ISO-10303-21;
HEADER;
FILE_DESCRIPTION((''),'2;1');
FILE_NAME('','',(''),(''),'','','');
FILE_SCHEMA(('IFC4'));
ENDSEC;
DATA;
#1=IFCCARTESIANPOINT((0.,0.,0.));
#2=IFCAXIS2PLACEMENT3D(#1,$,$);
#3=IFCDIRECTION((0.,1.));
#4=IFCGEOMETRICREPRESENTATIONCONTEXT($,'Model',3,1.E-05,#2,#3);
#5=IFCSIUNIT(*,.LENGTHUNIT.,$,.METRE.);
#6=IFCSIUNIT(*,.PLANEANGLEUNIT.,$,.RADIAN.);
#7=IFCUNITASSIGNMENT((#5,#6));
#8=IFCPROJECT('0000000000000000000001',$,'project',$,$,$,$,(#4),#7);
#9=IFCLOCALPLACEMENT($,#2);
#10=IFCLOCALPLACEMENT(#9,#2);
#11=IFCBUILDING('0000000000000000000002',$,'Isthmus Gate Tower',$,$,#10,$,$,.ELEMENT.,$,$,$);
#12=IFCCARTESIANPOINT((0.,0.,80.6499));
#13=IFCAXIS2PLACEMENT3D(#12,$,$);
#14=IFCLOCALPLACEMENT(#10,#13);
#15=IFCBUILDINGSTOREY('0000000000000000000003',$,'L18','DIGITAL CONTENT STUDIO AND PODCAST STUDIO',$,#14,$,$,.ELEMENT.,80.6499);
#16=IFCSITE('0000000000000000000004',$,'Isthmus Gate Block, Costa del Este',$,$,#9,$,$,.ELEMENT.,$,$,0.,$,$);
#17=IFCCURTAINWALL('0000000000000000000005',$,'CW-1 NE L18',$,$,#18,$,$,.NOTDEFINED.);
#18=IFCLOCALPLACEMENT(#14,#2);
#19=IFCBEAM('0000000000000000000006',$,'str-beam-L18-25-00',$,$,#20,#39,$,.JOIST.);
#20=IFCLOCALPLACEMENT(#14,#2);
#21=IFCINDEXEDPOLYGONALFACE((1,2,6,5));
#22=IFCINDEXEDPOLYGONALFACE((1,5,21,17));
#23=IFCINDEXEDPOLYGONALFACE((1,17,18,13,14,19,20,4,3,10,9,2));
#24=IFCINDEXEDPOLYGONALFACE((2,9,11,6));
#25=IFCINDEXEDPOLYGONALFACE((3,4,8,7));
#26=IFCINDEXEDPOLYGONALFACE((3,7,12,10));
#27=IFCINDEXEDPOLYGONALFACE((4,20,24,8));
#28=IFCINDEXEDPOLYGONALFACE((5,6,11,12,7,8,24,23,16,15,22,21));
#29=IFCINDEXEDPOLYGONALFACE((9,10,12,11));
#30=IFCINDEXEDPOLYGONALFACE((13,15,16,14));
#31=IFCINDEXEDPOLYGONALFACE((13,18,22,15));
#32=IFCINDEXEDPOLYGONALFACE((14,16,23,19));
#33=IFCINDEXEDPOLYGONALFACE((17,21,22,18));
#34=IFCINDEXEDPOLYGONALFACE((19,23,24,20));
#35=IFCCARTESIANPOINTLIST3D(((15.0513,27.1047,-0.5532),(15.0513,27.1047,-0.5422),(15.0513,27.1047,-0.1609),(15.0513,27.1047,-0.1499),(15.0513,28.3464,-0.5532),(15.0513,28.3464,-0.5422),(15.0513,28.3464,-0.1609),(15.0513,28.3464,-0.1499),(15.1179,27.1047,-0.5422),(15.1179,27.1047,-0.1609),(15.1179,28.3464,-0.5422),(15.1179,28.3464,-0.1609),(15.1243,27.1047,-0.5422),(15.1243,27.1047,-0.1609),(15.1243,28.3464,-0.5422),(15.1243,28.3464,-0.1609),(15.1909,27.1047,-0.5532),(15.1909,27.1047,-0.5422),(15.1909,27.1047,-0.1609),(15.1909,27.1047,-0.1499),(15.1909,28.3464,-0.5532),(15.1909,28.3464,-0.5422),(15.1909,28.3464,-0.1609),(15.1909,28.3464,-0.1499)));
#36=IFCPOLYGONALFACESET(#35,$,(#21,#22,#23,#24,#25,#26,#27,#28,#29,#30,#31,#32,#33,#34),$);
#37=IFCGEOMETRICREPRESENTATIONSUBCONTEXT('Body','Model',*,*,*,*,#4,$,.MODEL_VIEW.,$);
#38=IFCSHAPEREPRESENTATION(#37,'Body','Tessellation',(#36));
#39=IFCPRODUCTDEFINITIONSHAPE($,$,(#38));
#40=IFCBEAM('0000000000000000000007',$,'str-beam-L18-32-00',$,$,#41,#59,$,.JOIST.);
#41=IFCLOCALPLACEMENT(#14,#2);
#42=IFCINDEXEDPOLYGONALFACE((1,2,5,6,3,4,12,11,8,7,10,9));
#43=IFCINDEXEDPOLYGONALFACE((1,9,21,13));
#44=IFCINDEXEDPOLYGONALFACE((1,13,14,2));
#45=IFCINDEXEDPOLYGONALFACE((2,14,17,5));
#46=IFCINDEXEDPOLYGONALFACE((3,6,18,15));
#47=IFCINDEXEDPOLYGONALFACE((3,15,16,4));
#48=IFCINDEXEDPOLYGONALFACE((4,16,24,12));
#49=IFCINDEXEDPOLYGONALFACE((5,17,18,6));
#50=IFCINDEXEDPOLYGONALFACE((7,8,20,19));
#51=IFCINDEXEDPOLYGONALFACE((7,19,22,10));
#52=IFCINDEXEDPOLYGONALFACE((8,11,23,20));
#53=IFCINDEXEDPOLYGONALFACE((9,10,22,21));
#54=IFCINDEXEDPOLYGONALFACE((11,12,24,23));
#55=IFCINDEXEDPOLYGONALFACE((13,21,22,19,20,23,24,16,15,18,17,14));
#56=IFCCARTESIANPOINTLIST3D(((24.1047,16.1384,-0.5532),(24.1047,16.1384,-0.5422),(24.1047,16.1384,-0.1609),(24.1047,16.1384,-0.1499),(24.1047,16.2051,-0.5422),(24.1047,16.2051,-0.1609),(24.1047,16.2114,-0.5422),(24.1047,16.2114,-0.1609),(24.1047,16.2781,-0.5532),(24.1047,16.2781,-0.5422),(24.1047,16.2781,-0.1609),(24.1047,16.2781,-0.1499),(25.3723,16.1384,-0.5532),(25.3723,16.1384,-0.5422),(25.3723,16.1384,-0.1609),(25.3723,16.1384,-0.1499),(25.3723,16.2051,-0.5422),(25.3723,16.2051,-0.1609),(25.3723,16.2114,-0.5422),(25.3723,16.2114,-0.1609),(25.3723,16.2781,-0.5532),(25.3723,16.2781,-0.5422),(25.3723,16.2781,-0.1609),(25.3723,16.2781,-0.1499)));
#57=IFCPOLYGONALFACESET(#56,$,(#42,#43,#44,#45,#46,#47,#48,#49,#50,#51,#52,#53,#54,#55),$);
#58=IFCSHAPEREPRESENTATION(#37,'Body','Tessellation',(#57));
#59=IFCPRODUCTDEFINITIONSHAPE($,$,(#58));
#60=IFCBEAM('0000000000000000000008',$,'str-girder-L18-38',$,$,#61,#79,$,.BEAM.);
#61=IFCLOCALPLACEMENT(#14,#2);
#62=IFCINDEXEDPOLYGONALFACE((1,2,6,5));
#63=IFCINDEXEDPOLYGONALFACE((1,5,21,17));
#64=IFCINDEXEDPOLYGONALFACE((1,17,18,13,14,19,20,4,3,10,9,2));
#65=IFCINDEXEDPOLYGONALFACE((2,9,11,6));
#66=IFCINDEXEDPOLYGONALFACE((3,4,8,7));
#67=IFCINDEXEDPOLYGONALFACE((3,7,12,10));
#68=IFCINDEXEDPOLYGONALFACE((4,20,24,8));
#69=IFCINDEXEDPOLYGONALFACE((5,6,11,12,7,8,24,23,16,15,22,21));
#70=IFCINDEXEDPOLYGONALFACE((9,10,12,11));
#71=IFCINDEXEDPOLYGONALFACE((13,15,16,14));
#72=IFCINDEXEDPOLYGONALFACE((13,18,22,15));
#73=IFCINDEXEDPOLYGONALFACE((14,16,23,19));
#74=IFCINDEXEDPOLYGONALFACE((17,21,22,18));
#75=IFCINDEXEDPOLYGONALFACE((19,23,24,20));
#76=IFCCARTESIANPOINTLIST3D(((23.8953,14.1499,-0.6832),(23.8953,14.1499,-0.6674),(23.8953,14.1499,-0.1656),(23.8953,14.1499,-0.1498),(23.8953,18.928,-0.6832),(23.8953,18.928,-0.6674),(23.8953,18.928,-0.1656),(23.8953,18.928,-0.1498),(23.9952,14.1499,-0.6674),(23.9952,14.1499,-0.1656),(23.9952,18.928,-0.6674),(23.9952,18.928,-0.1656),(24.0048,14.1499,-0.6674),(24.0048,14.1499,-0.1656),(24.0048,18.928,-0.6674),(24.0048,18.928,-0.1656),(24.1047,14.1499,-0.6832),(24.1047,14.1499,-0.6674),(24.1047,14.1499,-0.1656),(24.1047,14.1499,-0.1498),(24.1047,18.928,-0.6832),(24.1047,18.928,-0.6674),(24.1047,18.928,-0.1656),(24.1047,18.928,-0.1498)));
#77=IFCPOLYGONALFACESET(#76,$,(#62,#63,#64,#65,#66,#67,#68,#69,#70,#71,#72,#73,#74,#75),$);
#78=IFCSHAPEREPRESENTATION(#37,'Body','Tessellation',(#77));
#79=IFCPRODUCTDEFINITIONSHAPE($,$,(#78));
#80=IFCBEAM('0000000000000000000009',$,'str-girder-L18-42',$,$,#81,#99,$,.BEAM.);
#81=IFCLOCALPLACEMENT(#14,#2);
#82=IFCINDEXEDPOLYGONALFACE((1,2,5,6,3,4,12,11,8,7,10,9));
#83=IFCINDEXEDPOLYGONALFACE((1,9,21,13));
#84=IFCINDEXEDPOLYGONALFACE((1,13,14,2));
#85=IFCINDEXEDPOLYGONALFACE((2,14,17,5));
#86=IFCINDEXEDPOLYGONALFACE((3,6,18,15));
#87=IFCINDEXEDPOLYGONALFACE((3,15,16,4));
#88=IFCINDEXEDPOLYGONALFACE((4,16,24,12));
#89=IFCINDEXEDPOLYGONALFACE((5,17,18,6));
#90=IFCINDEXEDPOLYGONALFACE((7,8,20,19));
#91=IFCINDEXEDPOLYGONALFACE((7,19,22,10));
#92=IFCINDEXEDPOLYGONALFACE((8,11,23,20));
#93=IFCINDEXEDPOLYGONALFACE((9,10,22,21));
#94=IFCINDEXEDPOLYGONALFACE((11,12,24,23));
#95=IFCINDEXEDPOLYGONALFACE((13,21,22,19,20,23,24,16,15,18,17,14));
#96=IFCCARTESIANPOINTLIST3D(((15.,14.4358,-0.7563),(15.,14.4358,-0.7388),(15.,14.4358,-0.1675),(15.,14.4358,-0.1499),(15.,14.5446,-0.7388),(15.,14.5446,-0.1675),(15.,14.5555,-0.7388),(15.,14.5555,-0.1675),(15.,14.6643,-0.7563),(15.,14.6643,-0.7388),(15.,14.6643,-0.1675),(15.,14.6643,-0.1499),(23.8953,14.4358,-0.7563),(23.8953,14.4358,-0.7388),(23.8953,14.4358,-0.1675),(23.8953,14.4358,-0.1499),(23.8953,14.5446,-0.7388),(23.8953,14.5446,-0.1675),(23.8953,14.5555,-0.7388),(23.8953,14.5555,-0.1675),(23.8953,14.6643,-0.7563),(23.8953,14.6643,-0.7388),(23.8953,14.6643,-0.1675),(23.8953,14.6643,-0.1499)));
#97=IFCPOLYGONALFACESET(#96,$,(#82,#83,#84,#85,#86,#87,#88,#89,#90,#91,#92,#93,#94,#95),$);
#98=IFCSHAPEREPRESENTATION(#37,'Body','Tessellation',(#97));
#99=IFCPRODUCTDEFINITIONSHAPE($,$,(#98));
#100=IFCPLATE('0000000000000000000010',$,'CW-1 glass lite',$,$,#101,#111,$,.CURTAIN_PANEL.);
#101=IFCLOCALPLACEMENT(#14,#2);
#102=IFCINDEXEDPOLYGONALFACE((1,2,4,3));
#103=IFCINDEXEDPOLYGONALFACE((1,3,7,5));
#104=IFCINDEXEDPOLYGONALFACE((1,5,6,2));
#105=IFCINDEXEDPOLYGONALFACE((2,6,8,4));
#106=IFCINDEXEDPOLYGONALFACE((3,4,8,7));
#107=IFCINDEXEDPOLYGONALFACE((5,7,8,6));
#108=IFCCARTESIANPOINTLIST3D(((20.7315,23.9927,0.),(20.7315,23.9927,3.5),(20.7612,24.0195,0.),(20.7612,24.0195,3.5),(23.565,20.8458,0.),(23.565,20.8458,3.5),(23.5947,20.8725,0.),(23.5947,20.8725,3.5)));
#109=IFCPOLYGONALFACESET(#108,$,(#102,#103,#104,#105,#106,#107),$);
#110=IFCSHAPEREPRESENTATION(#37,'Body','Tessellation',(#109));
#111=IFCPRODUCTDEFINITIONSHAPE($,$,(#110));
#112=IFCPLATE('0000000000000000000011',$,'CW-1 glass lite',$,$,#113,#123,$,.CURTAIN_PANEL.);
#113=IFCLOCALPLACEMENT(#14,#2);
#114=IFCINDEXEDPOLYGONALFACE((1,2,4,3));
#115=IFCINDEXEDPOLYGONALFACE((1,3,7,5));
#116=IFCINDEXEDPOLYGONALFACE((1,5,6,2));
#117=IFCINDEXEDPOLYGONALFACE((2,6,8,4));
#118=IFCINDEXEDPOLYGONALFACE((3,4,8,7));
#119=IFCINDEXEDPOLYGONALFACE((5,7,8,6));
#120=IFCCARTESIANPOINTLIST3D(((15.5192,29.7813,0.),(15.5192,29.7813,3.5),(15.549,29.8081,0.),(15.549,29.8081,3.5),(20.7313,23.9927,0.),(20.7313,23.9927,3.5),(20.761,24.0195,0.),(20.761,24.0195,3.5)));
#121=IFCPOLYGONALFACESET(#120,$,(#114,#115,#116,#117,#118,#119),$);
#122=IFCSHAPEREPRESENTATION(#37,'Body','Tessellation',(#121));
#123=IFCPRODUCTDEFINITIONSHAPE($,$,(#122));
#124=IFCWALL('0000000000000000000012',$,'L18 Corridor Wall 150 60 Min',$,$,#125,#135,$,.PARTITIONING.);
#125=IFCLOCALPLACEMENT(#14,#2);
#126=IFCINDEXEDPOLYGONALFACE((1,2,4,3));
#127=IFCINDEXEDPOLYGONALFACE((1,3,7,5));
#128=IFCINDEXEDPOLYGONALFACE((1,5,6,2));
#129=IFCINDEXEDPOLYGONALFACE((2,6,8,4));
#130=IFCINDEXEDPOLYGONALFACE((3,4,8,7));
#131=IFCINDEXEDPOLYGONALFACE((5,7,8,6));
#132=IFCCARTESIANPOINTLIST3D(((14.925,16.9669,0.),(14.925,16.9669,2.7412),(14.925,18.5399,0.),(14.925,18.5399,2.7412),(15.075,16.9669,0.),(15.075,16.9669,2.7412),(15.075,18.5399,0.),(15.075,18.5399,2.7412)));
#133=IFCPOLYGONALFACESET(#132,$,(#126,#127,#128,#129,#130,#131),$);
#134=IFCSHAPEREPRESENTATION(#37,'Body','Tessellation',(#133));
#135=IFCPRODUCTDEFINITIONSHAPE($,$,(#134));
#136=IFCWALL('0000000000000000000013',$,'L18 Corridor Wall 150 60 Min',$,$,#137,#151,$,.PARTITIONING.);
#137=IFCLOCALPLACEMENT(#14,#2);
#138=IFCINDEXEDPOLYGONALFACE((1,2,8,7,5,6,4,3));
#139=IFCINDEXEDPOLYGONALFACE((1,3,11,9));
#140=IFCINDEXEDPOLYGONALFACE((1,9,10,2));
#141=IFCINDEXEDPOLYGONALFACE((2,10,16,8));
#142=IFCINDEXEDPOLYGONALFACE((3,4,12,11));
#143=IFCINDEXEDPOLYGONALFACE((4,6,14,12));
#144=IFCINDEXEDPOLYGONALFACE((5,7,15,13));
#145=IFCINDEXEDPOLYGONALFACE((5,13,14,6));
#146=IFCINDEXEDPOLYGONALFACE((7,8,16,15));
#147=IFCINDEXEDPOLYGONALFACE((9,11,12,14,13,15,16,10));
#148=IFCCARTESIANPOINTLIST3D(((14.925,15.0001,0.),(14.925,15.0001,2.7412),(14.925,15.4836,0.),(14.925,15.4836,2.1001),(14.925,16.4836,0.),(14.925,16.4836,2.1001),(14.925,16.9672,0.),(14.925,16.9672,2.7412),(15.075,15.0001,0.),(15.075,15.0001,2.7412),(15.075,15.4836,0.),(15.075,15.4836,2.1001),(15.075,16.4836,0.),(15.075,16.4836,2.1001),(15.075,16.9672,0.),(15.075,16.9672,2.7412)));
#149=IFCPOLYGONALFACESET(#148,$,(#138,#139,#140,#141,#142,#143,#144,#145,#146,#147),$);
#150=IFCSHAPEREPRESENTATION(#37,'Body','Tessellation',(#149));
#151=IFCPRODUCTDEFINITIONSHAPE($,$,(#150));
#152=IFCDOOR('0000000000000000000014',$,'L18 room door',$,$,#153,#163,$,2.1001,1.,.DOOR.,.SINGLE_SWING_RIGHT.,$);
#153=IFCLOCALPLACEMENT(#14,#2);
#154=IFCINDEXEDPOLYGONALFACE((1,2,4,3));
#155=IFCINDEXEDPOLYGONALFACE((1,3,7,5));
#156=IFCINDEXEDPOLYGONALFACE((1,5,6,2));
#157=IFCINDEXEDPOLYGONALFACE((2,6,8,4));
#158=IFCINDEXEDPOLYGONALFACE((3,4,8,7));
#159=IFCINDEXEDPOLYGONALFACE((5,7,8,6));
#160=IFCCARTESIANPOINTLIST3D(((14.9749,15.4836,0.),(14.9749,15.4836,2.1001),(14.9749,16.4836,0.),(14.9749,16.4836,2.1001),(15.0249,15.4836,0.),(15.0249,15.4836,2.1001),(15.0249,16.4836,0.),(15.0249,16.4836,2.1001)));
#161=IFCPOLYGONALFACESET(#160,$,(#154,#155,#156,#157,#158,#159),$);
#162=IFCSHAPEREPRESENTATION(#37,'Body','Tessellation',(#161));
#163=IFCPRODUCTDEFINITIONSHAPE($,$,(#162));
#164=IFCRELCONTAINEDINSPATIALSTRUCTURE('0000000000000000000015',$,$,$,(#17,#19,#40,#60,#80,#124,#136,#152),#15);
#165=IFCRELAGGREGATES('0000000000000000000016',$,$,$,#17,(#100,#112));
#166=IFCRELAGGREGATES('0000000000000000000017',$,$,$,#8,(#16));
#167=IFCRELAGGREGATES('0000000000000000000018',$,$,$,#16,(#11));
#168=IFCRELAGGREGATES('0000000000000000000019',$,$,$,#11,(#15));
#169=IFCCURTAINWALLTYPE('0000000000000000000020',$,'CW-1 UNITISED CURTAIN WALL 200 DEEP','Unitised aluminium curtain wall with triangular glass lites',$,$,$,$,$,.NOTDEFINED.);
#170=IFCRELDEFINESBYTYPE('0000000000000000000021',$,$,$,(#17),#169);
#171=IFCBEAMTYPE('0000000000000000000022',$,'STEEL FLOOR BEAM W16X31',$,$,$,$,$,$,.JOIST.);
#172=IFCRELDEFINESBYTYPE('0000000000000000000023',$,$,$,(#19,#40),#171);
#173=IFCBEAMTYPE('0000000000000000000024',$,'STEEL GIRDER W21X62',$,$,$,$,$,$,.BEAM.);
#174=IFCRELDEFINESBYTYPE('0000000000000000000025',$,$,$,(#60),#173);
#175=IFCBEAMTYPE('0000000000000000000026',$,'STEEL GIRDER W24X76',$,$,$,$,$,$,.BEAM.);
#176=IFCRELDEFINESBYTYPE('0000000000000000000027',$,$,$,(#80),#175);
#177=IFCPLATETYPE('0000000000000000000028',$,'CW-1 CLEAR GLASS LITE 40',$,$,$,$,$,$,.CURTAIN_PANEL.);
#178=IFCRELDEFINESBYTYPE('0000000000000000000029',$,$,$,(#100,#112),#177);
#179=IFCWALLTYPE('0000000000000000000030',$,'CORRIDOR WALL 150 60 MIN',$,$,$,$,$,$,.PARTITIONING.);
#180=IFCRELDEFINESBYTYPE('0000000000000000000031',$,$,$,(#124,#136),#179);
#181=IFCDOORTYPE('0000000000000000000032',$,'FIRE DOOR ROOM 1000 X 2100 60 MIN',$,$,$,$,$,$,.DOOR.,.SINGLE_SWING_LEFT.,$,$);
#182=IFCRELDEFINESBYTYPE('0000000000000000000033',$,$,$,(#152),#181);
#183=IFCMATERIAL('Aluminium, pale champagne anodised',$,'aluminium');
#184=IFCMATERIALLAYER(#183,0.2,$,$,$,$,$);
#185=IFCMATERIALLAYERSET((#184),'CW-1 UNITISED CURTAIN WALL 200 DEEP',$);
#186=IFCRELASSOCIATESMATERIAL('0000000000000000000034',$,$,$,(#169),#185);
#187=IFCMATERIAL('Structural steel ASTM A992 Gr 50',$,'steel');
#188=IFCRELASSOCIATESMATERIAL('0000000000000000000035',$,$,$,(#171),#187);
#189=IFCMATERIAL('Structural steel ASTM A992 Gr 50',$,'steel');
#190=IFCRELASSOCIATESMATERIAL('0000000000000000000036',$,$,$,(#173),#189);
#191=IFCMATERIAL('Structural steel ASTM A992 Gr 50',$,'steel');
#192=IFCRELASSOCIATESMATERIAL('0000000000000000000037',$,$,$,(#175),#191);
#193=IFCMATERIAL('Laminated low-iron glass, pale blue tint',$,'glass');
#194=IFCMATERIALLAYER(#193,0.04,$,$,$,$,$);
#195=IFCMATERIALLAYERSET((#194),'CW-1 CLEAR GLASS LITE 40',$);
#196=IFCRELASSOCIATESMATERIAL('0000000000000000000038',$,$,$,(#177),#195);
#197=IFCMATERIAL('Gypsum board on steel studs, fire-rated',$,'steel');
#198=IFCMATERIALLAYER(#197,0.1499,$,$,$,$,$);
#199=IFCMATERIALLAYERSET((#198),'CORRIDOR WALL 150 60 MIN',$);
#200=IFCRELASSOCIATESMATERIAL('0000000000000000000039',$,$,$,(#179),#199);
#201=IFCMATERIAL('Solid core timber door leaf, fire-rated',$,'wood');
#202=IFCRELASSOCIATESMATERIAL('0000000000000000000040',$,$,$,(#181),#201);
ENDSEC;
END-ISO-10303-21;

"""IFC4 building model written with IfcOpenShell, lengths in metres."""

from ifc_helpers import new_model, si_unit, direction, frame, frame_2d, origin, origin_2d, place, context, subcontext, project, spatial, rectangle, i_section, extrude, material, layer, layer_set, material_profile, profile_set, type_object, element, fill, aggregate, save


model = new_model("IFC4")

# Units and contexts
model_context = context("Model", 3, precision=1e-05, world=origin(), true_north=direction((0.0, 1.0)))
body_context = subcontext(model_context, "Body", "Model", "MODEL_VIEW")
ifc_project = project(units=[si_unit("LENGTHUNIT", "METRE"), si_unit("PLANEANGLEUNIT", "RADIAN")], contexts=[model_context])

# Site, building, storey
site_placement = place(None, origin())
site = spatial("IfcSite", under=ifc_project, at=site_placement, Name="Isthmus Gate Block, Costa del Este", CompositionType="ELEMENT", RefElevation=0.0)
building_placement = place(site_placement, origin())
building = spatial("IfcBuilding", under=site, at=building_placement, Name="Isthmus Gate Tower", CompositionType="ELEMENT")
storey_placement = place(building_placement, frame((0.0, 0.0, 80.6499)))
storey = spatial("IfcBuildingStorey", under=building, at=storey_placement, Name="L18", Description="DIGITAL CONTENT STUDIO AND PODCAST STUDIO", CompositionType="ELEMENT", Elevation=80.6499)

# Curtain wall
ifc_material_1 = material(Name="Aluminium, pale champagne anodised", Category="aluminium")
ifc_layer_1 = layer(ifc_material_1, 0.2)
ifc_layer_set_1 = layer_set([ifc_layer_1], Name="CW-1 UNITISED CURTAIN WALL 200 DEEP")
curtain_wall_type = type_object("IfcCurtainWallType", Name="CW-1 UNITISED CURTAIN WALL 200 DEEP", Description="Unitised aluminium curtain wall with triangular glass lites", PredefinedType="NOTDEFINED", material=ifc_layer_set_1)
curtain_wall_1_placement = place(storey_placement, origin())
curtain_wall_1 = element("IfcCurtainWall", 1, at=curtain_wall_1_placement, inside=storey, type_object=curtain_wall_type, Name="CW-1 NE L18", PredefinedType="NOTDEFINED")

# Beams
ifc_material_2 = material(Name="Structural steel ASTM A992 Gr 50", Category="steel")
ifc_material_profile_1 = material_profile(ifc_material_2, i_section(OverallWidth=0.1396, OverallDepth=0.4033, WebThickness=0.0063, FlangeThickness=0.011, at=origin_2d()), Name="W16X31")
ifc_profile_set_1 = profile_set([ifc_material_profile_1], Name="Structural steel ASTM A992 Gr 50")
beam_type_1 = type_object("IfcBeamType", Name="STEEL FLOOR BEAM W16X31", PredefinedType="JOIST", material=ifc_profile_set_1)
beam_1_placement = place(storey_placement, frame((15.1211, 27.1047, -0.3516), z_axis=(0.0, 1.0, 0.0), x_axis=(-1.0, 0.0, 0.0)))
element("IfcBeam", 2, at=beam_1_placement, inside=storey, type_object=beam_type_1, Name="str-beam-L18-25-00", PredefinedType="JOIST", context=body_context, shape_type="SweptSolid", body=[
    extrude(i_section(OverallWidth=0.1396, OverallDepth=0.4033, WebThickness=0.0063, FlangeThickness=0.011, at=origin_2d()), origin(), (0.0, 0.0, 1.0), 1.2417),
])
beam_2_placement = place(storey_placement, frame((24.1047, 16.2083, -0.3516), z_axis=(1.0, 0.0, 0.0), x_axis=(0.0, 1.0, 0.0)))
element("IfcBeam", 3, at=beam_2_placement, inside=storey, type_object=beam_type_1, Name="str-beam-L18-32-00", PredefinedType="JOIST", context=body_context, shape_type="SweptSolid", body=[
    extrude(i_section(OverallWidth=0.1396, OverallDepth=0.4033, WebThickness=0.0063, FlangeThickness=0.011, at=origin_2d()), origin(), (0.0, 0.0, 1.0), 1.2676),
])
ifc_material_3 = material(Name="Structural steel ASTM A992 Gr 50", Category="steel")
ifc_material_profile_2 = material_profile(ifc_material_3, i_section(OverallWidth=0.2095, OverallDepth=0.5334, WebThickness=0.0095, FlangeThickness=0.0159, at=origin_2d()), Name="W21X62")
ifc_profile_set_2 = profile_set([ifc_material_profile_2], Name="Structural steel ASTM A992 Gr 50")
beam_type_2 = type_object("IfcBeamType", Name="STEEL GIRDER W21X62", PredefinedType="BEAM", material=ifc_profile_set_2)
beam_3_placement = place(storey_placement, frame((24.0, 14.1499, -0.4165), z_axis=(0.0, 1.0, 0.0), x_axis=(-1.0, 0.0, 0.0)))
element("IfcBeam", 4, at=beam_3_placement, inside=storey, type_object=beam_type_2, Name="str-girder-L18-38", PredefinedType="BEAM", context=body_context, shape_type="SweptSolid", body=[
    extrude(i_section(OverallWidth=0.2095, OverallDepth=0.5334, WebThickness=0.0095, FlangeThickness=0.0159, at=origin_2d()), origin(), (0.0, 0.0, 1.0), 4.7781),
])
ifc_material_4 = material(Name="Structural steel ASTM A992 Gr 50", Category="steel")
ifc_material_profile_3 = material_profile(ifc_material_4, i_section(OverallWidth=0.2285, OverallDepth=0.6064, WebThickness=0.011, FlangeThickness=0.0176, at=origin_2d()), Name="W24X76")
ifc_profile_set_3 = profile_set([ifc_material_profile_3], Name="Structural steel ASTM A992 Gr 50")
beam_type_3 = type_object("IfcBeamType", Name="STEEL GIRDER W24X76", PredefinedType="BEAM", material=ifc_profile_set_3)
beam_4_placement = place(storey_placement, frame((15.0, 14.55, -0.4531), z_axis=(1.0, 0.0, 0.0), x_axis=(0.0, 1.0, 0.0)))
element("IfcBeam", 5, at=beam_4_placement, inside=storey, type_object=beam_type_3, Name="str-girder-L18-42", PredefinedType="BEAM", context=body_context, shape_type="SweptSolid", body=[
    extrude(i_section(OverallWidth=0.2285, OverallDepth=0.6064, WebThickness=0.011, FlangeThickness=0.0176, at=origin_2d()), origin(), (0.0, 0.0, 1.0), 8.8953),
])

# Plates
ifc_material_5 = material(Name="Laminated low-iron glass, pale blue tint", Category="glass")
ifc_layer_2 = layer(ifc_material_5, 0.04)
ifc_layer_set_2 = layer_set([ifc_layer_2], Name="CW-1 CLEAR GLASS LITE 40")
plate_type = type_object("IfcPlateType", Name="CW-1 CLEAR GLASS LITE 40", PredefinedType="CURTAIN_PANEL", material=ifc_layer_set_2)
plate_1_placement = place(storey_placement, frame((22.1631, 22.4326, 0.0), z_axis=(0.0, 0.0, 1.0), x_axis=(-0.669131, 0.743145, 0.0)))
plate_1 = element("IfcPlate", 6, at=plate_1_placement, type_object=plate_type, Name="CW-1 glass lite", PredefinedType="CURTAIN_PANEL", context=body_context, shape_type="SweptSolid", body=[
    extrude(rectangle(XDim=4.2346, YDim=0.04, at=origin_2d()), origin(), (0.0, 0.0, 1.0), 3.5),
])
plate_2_placement = place(storey_placement, frame((18.1401, 26.9004, 0.0), z_axis=(0.0, 0.0, 1.0), x_axis=(-0.669131, 0.743145, 0.0)))
plate_2 = element("IfcPlate", 7, at=plate_2_placement, type_object=plate_type, Name="CW-1 glass lite", PredefinedType="CURTAIN_PANEL", context=body_context, shape_type="SweptSolid", body=[
    extrude(rectangle(XDim=7.7893, YDim=0.04, at=origin_2d()), origin(), (0.0, 0.0, 1.0), 3.5),
])

# Wall
ifc_material_6 = material(Name="Gypsum board on steel studs, fire-rated", Category="steel")
ifc_layer_3 = layer(ifc_material_6, 0.1499)
ifc_layer_set_3 = layer_set([ifc_layer_3], Name="CORRIDOR WALL 150 60 MIN")
wall_type_1 = type_object("IfcWallType", Name="CORRIDOR WALL 150 60 MIN", PredefinedType="PARTITIONING", material=ifc_layer_set_3)
wall_1_placement = place(storey_placement, frame((15.0, 18.54, 0.0), z_axis=(0.0, 0.0, 1.0), x_axis=(0.0, -1.0, 0.0)))
element("IfcWall", 8, at=wall_1_placement, inside=storey, type_object=wall_type_1, Name="L18 Corridor Wall 150 60 Min", PredefinedType="PARTITIONING", context=body_context, shape_type="SweptSolid", body=[
    extrude(rectangle(XDim=1.573, YDim=0.1499, at=frame_2d((0.7866, 0.0))), origin(), (0.0, 0.0, 1.0), 2.7412),
])

# Wall, opening, door
wall_2_placement = place(storey_placement, frame((15.0, 16.967, 0.0), z_axis=(0.0, 0.0, 1.0), x_axis=(0.0, -1.0, 0.0)))
wall_2 = element("IfcWall", 9, at=wall_2_placement, inside=storey, type_object=wall_type_1, Name="L18 Corridor Wall 150 60 Min", PredefinedType="PARTITIONING", context=body_context, shape_type="SweptSolid", body=[
    extrude(rectangle(XDim=1.967, YDim=0.1499, at=frame_2d((0.9834, 0.0))), origin(), (0.0, 0.0, 1.0), 2.7412),
])
opening_1_placement = place(wall_2_placement, frame((0.4834, 0.0, 0.0)))
opening_1 = element("IfcOpeningElement", 10, at=opening_1_placement, cuts=wall_2, PredefinedType="OPENING", context=body_context, shape_type="SweptSolid", body=[
    extrude(rectangle(XDim=1.0, YDim=2.1001, at=frame_2d((0.5, 1.05))), frame((0.0, 0.085, 0.0), z_axis=(0.0, -1.0, 0.0), x_axis=(1.0, 0.0, 0.0)), (0.0, 0.0, 1.0), 0.1699),
])
ifc_material_7 = material(Name="Solid core timber door leaf, fire-rated", Category="wood")
door_type = type_object("IfcDoorType", Name="FIRE DOOR ROOM 1000 X 2100 60 MIN", OperationType="SINGLE_SWING_LEFT", PredefinedType="DOOR", material=ifc_material_7)
door_1_placement = place(opening_1_placement, origin())
door_1 = element("IfcDoor", 11, at=door_1_placement, inside=storey, type_object=door_type, Name="L18 room door", OperationType="SINGLE_SWING_RIGHT", OverallHeight=2.1001, OverallWidth=1.0, PredefinedType="DOOR", context=body_context, shape_type="SweptSolid", body=[
    extrude(rectangle(XDim=1.0, YDim=2.1001, at=frame_2d((0.5, 1.05))), frame((0.0, 0.0249, 0.0), z_axis=(0.0, -1.0, 0.0), x_axis=(1.0, 0.0, 0.0)), (0.0, 0.0, 1.0), 0.05),
])
fill(opening_1, door_1)

aggregate(curtain_wall_1, [plate_1, plate_2])

save(model, "model.ifc")
